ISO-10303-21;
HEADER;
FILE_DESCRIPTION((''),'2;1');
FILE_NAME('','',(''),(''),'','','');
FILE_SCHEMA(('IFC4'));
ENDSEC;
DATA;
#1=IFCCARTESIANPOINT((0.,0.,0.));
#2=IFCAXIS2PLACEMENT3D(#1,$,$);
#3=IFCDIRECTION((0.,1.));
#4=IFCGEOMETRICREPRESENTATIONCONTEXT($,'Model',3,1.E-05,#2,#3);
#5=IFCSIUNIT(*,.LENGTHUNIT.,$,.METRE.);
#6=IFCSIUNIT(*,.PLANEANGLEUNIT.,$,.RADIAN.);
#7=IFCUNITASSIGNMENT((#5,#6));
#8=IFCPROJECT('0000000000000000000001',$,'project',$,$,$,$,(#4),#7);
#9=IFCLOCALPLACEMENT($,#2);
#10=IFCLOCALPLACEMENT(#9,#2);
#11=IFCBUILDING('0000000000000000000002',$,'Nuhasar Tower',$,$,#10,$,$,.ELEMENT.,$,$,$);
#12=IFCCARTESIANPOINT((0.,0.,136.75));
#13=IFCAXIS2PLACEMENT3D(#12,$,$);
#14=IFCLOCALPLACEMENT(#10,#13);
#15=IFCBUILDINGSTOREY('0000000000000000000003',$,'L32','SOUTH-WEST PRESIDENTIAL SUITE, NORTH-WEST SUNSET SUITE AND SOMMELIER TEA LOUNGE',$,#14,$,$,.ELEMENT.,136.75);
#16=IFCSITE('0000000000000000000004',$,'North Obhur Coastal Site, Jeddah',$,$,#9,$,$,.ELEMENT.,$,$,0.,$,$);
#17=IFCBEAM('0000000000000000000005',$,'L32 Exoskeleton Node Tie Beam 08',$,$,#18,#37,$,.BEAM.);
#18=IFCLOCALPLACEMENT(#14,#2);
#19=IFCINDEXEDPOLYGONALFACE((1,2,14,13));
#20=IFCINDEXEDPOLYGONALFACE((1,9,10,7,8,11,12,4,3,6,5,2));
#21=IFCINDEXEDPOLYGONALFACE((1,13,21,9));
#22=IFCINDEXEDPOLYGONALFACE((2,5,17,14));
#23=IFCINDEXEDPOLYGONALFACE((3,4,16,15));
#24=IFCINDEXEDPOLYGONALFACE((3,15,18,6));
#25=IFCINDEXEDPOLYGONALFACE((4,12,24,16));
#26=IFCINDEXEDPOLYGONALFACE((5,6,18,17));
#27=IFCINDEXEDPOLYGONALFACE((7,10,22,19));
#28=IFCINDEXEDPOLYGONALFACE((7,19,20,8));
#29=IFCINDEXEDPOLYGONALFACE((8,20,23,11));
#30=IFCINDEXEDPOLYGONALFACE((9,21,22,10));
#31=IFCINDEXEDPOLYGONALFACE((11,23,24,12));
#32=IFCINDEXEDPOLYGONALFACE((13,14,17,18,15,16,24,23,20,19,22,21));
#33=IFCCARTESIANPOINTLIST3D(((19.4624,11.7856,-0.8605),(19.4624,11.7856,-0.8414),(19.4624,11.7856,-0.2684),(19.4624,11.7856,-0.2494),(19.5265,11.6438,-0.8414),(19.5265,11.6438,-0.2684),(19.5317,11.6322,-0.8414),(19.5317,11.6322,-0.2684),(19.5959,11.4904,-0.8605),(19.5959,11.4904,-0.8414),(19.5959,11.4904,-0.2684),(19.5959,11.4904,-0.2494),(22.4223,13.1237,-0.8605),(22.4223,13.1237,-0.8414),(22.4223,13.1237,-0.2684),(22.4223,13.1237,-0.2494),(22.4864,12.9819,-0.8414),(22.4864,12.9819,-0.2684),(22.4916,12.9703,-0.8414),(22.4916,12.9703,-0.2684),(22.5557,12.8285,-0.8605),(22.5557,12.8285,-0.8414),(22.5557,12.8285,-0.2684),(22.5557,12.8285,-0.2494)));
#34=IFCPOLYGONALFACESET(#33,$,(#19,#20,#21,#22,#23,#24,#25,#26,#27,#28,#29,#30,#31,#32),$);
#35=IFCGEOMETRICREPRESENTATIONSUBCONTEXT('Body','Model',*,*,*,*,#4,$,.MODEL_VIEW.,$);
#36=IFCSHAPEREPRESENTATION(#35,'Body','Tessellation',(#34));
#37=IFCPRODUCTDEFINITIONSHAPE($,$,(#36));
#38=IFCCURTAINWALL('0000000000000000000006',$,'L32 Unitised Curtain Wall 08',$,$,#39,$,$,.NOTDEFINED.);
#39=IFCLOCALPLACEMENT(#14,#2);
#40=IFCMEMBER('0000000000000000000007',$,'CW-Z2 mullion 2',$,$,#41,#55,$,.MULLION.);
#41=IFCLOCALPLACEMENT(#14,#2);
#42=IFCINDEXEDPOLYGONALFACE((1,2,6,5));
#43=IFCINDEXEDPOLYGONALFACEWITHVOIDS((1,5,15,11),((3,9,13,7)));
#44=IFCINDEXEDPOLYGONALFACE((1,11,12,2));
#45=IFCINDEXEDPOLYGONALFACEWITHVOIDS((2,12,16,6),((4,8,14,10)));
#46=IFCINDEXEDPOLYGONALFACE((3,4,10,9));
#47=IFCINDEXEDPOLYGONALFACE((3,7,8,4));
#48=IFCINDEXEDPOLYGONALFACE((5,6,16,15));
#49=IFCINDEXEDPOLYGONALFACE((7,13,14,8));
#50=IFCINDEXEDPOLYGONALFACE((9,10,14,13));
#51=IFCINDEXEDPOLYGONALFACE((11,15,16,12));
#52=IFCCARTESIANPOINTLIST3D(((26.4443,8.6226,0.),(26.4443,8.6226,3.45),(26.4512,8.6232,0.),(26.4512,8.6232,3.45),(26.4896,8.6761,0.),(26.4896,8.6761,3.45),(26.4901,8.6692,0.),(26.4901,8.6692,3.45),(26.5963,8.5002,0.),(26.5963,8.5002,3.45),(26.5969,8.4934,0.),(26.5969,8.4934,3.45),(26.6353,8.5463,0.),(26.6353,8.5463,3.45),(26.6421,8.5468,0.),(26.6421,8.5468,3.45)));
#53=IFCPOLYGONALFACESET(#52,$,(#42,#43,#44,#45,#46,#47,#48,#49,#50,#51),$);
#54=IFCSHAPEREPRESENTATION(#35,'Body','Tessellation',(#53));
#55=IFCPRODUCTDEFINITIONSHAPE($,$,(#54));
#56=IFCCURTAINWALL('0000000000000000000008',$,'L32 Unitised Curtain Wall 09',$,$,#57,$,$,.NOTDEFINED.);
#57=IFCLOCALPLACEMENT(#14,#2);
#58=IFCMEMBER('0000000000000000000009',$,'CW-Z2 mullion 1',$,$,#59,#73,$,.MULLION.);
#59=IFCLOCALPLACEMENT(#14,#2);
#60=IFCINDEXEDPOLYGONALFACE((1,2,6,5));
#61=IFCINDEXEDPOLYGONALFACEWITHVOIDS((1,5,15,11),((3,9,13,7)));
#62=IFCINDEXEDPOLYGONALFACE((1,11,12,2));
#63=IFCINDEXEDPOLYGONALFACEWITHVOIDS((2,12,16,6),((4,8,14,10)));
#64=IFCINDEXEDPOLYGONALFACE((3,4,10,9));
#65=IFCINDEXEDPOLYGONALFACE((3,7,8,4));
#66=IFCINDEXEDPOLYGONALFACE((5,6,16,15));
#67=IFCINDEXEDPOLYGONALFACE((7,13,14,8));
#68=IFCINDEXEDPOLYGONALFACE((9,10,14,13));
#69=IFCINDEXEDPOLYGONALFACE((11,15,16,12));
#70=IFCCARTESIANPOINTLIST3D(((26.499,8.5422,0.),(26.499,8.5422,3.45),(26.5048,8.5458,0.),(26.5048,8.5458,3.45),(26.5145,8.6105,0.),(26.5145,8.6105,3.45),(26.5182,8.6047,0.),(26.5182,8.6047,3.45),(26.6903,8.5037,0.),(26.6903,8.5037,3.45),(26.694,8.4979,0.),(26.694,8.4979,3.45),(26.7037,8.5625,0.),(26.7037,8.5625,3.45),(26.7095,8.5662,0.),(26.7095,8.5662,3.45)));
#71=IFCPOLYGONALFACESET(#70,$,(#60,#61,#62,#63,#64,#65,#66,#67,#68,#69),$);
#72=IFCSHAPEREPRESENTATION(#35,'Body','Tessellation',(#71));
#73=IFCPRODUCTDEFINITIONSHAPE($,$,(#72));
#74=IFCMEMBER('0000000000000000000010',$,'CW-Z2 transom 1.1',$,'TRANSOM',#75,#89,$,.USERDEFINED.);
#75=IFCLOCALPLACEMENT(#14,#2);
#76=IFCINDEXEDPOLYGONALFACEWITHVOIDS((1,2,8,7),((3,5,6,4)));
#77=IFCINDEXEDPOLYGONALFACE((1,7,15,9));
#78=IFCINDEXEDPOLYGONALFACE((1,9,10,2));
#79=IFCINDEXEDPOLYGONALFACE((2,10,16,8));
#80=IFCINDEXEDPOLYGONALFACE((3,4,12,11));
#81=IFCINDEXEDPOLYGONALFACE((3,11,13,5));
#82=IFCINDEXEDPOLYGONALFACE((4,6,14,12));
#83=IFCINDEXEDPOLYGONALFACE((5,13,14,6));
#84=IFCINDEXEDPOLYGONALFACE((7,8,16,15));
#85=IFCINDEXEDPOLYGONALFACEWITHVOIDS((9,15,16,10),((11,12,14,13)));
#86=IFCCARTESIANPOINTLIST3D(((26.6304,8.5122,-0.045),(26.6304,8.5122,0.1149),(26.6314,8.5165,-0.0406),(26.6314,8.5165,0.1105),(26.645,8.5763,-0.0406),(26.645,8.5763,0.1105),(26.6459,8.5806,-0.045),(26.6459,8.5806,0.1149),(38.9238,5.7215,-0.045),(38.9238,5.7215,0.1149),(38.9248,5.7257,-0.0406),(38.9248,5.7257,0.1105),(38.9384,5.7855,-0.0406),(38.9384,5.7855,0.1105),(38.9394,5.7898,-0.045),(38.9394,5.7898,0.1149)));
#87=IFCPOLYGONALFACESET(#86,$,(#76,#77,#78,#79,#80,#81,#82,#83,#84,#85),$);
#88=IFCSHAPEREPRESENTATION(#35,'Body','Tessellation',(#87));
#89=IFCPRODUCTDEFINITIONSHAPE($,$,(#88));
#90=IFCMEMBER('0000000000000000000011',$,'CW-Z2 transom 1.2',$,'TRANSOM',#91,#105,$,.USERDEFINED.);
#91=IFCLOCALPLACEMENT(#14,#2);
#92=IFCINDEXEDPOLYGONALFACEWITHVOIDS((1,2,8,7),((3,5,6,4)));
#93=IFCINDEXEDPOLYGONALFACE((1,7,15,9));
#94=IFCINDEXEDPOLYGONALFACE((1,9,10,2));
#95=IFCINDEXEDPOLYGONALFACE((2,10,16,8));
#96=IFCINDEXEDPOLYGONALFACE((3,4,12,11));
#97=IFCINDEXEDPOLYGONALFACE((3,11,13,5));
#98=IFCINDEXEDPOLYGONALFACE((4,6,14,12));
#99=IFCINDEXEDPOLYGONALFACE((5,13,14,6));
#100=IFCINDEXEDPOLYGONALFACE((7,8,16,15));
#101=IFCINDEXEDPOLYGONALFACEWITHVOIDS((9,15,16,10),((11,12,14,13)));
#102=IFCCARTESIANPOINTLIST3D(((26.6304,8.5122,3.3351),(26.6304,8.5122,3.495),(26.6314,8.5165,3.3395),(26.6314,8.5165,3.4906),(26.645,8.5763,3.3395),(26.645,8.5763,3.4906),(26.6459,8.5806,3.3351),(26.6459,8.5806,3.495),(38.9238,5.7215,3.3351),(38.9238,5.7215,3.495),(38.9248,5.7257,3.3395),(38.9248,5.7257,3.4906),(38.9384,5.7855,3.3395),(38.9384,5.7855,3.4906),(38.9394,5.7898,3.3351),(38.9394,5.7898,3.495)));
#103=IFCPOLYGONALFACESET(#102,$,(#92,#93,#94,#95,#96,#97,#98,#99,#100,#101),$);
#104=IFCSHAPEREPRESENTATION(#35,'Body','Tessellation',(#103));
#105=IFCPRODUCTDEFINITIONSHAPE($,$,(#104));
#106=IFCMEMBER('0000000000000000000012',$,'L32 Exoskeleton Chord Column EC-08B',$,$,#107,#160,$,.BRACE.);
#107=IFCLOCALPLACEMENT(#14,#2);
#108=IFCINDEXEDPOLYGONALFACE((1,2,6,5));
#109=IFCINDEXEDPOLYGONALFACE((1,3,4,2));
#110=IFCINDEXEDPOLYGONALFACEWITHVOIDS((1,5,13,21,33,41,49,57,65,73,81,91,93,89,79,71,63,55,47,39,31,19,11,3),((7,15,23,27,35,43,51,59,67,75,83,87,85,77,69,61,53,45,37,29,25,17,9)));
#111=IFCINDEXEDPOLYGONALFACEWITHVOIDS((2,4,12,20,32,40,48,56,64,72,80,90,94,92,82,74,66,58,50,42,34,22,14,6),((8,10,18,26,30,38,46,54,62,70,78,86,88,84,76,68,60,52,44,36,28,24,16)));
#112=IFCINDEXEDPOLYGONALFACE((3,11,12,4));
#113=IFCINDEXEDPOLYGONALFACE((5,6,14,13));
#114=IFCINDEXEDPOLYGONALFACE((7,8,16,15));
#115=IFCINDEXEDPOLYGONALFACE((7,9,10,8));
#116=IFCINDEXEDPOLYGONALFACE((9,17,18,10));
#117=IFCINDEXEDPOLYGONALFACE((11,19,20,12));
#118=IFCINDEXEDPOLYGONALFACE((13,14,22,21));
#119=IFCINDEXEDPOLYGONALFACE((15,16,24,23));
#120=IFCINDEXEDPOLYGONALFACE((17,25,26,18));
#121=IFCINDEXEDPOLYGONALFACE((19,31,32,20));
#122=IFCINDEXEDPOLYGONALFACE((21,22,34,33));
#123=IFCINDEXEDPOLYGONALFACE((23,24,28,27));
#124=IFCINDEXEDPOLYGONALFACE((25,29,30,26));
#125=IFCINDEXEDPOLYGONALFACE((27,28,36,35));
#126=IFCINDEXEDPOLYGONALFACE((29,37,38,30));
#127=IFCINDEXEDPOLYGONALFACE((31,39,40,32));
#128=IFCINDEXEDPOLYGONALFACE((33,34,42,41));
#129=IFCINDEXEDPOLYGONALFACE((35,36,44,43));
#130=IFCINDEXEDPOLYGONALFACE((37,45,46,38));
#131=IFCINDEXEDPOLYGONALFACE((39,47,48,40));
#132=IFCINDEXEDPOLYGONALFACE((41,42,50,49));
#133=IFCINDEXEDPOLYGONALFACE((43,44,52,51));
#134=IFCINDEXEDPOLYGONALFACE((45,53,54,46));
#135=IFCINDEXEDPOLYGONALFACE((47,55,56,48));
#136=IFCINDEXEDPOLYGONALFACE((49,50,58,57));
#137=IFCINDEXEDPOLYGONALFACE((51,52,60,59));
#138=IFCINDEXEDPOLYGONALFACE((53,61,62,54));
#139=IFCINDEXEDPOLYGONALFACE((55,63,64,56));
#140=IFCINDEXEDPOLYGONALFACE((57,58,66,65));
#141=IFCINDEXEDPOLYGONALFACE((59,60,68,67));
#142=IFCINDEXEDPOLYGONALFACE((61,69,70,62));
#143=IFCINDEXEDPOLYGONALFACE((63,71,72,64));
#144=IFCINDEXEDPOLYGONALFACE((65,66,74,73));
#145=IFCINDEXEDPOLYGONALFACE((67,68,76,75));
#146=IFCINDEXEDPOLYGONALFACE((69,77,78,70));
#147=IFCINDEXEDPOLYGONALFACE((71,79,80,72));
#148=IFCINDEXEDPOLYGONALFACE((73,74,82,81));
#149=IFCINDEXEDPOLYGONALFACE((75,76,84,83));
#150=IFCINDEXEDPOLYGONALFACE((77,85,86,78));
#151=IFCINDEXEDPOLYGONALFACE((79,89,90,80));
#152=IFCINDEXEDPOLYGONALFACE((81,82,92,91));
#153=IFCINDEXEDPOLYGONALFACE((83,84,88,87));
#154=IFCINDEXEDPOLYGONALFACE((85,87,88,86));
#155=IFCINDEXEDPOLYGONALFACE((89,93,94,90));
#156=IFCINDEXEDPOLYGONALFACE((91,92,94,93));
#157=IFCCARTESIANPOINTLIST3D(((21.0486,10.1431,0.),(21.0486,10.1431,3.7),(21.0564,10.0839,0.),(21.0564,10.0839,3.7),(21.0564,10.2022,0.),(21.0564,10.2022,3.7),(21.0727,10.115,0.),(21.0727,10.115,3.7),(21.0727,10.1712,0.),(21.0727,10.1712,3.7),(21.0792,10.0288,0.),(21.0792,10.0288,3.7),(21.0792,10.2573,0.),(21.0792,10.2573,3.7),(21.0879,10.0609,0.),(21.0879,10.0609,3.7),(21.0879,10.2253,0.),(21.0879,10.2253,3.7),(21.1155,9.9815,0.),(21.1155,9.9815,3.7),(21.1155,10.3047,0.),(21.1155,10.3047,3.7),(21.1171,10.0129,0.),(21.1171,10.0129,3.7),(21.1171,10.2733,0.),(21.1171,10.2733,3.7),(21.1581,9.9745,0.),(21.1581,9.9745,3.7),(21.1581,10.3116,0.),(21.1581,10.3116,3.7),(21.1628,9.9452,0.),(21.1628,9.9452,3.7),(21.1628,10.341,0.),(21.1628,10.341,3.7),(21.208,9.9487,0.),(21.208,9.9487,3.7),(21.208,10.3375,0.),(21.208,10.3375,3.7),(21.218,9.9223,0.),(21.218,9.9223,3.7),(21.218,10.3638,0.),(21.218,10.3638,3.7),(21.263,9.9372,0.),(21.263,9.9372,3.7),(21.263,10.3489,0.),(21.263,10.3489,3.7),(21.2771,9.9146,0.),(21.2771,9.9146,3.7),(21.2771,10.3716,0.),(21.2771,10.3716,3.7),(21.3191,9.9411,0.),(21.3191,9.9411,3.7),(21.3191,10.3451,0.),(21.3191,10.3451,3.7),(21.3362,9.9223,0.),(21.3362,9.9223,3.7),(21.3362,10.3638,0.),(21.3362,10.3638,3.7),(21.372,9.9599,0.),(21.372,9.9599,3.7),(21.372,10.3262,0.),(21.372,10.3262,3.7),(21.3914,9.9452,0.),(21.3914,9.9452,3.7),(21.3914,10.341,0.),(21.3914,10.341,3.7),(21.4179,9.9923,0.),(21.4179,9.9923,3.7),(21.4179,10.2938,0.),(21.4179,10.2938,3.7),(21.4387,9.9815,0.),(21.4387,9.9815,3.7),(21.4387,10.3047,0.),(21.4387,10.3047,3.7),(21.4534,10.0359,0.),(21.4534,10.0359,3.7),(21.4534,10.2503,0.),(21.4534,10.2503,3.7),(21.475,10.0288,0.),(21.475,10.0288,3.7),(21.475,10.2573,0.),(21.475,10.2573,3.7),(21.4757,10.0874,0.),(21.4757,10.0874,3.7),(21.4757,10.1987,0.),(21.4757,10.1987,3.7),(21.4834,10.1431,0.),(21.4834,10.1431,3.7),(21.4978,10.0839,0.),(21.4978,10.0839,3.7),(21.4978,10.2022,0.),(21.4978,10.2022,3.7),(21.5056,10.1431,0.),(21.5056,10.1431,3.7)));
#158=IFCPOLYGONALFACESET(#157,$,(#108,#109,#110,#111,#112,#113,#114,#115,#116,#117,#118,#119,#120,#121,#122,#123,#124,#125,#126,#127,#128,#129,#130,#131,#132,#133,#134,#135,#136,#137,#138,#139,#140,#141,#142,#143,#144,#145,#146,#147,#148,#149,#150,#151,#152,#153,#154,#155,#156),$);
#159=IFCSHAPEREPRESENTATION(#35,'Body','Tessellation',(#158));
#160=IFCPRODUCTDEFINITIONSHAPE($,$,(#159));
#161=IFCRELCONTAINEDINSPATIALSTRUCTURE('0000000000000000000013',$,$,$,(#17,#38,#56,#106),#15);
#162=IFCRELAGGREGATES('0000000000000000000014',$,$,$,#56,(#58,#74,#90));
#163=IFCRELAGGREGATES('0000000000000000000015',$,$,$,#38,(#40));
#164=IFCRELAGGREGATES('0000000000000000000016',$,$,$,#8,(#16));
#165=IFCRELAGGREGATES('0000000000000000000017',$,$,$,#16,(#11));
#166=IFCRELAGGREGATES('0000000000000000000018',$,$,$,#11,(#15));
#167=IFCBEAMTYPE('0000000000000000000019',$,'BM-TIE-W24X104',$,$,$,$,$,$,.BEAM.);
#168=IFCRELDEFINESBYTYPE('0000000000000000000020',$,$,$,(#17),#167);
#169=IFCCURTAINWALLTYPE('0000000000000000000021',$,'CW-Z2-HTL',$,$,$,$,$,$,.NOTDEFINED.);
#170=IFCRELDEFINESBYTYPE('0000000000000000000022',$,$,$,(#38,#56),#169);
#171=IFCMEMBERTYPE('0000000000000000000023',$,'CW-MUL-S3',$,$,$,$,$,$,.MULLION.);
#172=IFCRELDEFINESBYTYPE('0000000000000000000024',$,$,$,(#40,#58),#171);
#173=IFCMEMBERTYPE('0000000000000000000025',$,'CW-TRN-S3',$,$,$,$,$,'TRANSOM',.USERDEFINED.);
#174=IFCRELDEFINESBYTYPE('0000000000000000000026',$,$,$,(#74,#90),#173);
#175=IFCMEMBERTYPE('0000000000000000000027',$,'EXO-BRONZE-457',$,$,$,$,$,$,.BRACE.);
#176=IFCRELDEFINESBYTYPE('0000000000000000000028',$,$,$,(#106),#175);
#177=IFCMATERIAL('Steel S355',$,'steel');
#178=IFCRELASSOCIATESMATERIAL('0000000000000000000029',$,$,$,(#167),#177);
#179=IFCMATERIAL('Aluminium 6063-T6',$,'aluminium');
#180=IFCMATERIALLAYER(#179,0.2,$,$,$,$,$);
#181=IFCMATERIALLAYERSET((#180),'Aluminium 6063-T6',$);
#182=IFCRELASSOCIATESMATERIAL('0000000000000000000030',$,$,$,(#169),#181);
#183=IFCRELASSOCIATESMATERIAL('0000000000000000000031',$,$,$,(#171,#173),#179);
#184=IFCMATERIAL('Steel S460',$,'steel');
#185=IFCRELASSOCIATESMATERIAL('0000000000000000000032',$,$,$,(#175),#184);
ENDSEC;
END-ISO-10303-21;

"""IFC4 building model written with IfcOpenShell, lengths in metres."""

from ifc_helpers import new_model, si_unit, direction, frame, origin, origin_2d, place, context, subcontext, project, spatial, hollow_rectangle, hollow_circle, i_section, extrude, material, layer, layer_set, material_profile, profile_set, type_object, element, aggregate, save


model = new_model("IFC4")

# Units and contexts
model_context = context("Model", 3, precision=1e-05, world=origin(), true_north=direction((0.0, 1.0)))
body_context = subcontext(model_context, "Body", "Model", "MODEL_VIEW")
ifc_project = project(units=[si_unit("LENGTHUNIT", "METRE"), si_unit("PLANEANGLEUNIT", "RADIAN")], contexts=[model_context])

# Site, building, storey
site_placement = place(None, origin())
site = spatial("IfcSite", under=ifc_project, at=site_placement, Name="North Obhur Coastal Site, Jeddah", CompositionType="ELEMENT", RefElevation=0.0)
building_placement = place(site_placement, origin())
building = spatial("IfcBuilding", under=site, at=building_placement, Name="Nuhasar Tower", CompositionType="ELEMENT")
storey_placement = place(building_placement, frame((0.0, 0.0, 136.75)))
storey = spatial("IfcBuildingStorey", under=building, at=storey_placement, Name="L32", Description="SOUTH-WEST PRESIDENTIAL SUITE, NORTH-WEST SUNSET SUITE AND SOMMELIER TEA LOUNGE", CompositionType="ELEMENT", Elevation=136.75)

# Beam
ifc_material_1 = material(Name="Steel S355", Category="steel")
ifc_material_profile_1 = material_profile(ifc_material_1, i_section(OverallWidth=0.324, OverallDepth=0.6111, WebThickness=0.0127, FlangeThickness=0.019, at=origin_2d()), Name="W24X104")
ifc_profile_set_1 = profile_set([ifc_material_profile_1], Name="Steel S355")
beam_type_1 = type_object("IfcBeamType", Name="BM-TIE-W24X104", PredefinedType="BEAM", material=ifc_profile_set_1)
beam_1_placement = place(storey_placement, frame((22.489, 12.9761, -0.5549), z_axis=(-0.911211, -0.411939, 0.0), x_axis=(0.411939, -0.911211, 0.0)))
element("IfcBeam", 1, at=beam_1_placement, inside=storey, type_object=beam_type_1, Name="L32 Exoskeleton Node Tie Beam 08", PredefinedType="BEAM", context=body_context, shape_type="SweptSolid", body=[
    extrude(i_section(OverallWidth=0.324, OverallDepth=0.6111, WebThickness=0.0127, FlangeThickness=0.019, at=origin_2d()), origin(), (0.0, 0.0, 1.0), 3.2483),
])

# Curtain wall, member
ifc_material_2 = material(Name="Aluminium 6063-T6", Category="aluminium")
ifc_layer_1 = layer(ifc_material_2, 0.2)
ifc_layer_set_1 = layer_set([ifc_layer_1], Name="Aluminium 6063-T6")
curtain_wall_type = type_object("IfcCurtainWallType", Name="CW-Z2-HTL", PredefinedType="NOTDEFINED", material=ifc_layer_set_1)
curtain_wall_1_placement = place(storey_placement, origin())
curtain_wall_1 = element("IfcCurtainWall", 2, at=curtain_wall_1_placement, inside=storey, type_object=curtain_wall_type, Name="L32 Unitised Curtain Wall 08", PredefinedType="NOTDEFINED")
ifc_material_profile_2 = material_profile(ifc_material_2, hollow_rectangle(XDim=0.0701, YDim=0.2, WallThickness=0.0049, at=origin_2d()), Name="CWM-3")
ifc_profile_set_2 = profile_set([ifc_material_profile_2], Name="Aluminium 6063-T6")
member_type_1 = type_object("IfcMemberType", Name="CW-MUL-S3", PredefinedType="MULLION", material=ifc_profile_set_2)
member_1_placement = place(storey_placement, frame((26.5432, 8.5847, 0.0), z_axis=(0.0, 0.0, 1.0), x_axis=(0.646374, 0.76302, 0.0)))
member_1 = element("IfcMember", 3, at=member_1_placement, type_object=member_type_1, Name="CW-Z2 mullion 2", PredefinedType="MULLION", context=body_context, shape_type="SweptSolid", body=[
    extrude(hollow_rectangle(XDim=0.0701, YDim=0.2, WallThickness=0.0049, at=origin_2d()), origin(), (0.0, 0.0, 1.0), 3.45),
])

# Curtain wall, members
curtain_wall_2_placement = place(storey_placement, origin())
curtain_wall_2 = element("IfcCurtainWall", 4, at=curtain_wall_2_placement, inside=storey, type_object=curtain_wall_type, Name="L32 Unitised Curtain Wall 09", PredefinedType="NOTDEFINED")
member_2_placement = place(storey_placement, frame((26.6042, 8.5542, 0.0), z_axis=(0.0, 0.0, 1.0), x_axis=(0.221397, 0.975184, 0.0)))
member_2 = element("IfcMember", 5, at=member_2_placement, type_object=member_type_1, Name="CW-Z2 mullion 1", PredefinedType="MULLION", context=body_context, shape_type="SweptSolid", body=[
    extrude(hollow_rectangle(XDim=0.0701, YDim=0.2, WallThickness=0.0049, at=origin_2d()), origin(), (0.0, 0.0, 1.0), 3.45),
])
ifc_material_profile_3 = material_profile(ifc_material_2, hollow_rectangle(XDim=0.0701, YDim=0.1599, WallThickness=0.0044, at=origin_2d()), Name="CWT-3")
ifc_profile_set_3 = profile_set([ifc_material_profile_3], Name="Aluminium 6063-T6")
member_type_2 = type_object("IfcMemberType", Name="CW-TRN-S3", ElementType="TRANSOM", PredefinedType="USERDEFINED", material=ifc_profile_set_3)
member_3_placement = place(storey_placement, frame((26.6382, 8.5464, 0.0349), z_axis=(0.975188, -0.22138, 0.0), x_axis=(0.22138, 0.975188, 0.0)))
member_3 = element("IfcMember", 6, at=member_3_placement, type_object=member_type_2, Name="CW-Z2 transom 1.1", ObjectType="TRANSOM", PredefinedType="USERDEFINED", context=body_context, shape_type="SweptSolid", body=[
    extrude(hollow_rectangle(XDim=0.0701, YDim=0.1599, WallThickness=0.0044, at=origin_2d()), origin(), (0.0, 0.0, 1.0), 12.6062),
])
member_4_placement = place(storey_placement, frame((26.6382, 8.5464, 3.415), z_axis=(0.975188, -0.22138, 0.0), x_axis=(0.22138, 0.975188, 0.0)))
member_4 = element("IfcMember", 7, at=member_4_placement, type_object=member_type_2, Name="CW-Z2 transom 1.2", ObjectType="TRANSOM", PredefinedType="USERDEFINED", context=body_context, shape_type="SweptSolid", body=[
    extrude(hollow_rectangle(XDim=0.0701, YDim=0.1599, WallThickness=0.0044, at=origin_2d()), origin(), (0.0, 0.0, 1.0), 12.6062),
])
aggregate(curtain_wall_2, [member_2, member_3, member_4])

# Member
ifc_material_3 = material(Name="Steel S460", Category="steel")
ifc_material_profile_4 = material_profile(ifc_material_3, hollow_circle(Radius=0.2285, WallThickness=0.0222, at=origin_2d()), Name="HSS457X22.2")
ifc_profile_set_4 = profile_set([ifc_material_profile_4], Name="Steel S460")
member_type_3 = type_object("IfcMemberType", Name="EXO-BRONZE-457", PredefinedType="BRACE", material=ifc_profile_set_4)
member_5_placement = place(storey_placement, frame((21.2771, 10.1431, 0.0), z_axis=(0.0, 0.0, 1.0), x_axis=(1.0, 0.0, 0.0)))
element("IfcMember", 8, at=member_5_placement, inside=storey, type_object=member_type_3, Name="L32 Exoskeleton Chord Column EC-08B", PredefinedType="BRACE", context=body_context, shape_type="SweptSolid", body=[
    extrude(hollow_circle(Radius=0.2285, WallThickness=0.0222, at=origin_2d()), origin(), (0.0, 0.0, 1.0), 3.7),
])

aggregate(curtain_wall_1, [member_1])

save(model, "model.ifc")
